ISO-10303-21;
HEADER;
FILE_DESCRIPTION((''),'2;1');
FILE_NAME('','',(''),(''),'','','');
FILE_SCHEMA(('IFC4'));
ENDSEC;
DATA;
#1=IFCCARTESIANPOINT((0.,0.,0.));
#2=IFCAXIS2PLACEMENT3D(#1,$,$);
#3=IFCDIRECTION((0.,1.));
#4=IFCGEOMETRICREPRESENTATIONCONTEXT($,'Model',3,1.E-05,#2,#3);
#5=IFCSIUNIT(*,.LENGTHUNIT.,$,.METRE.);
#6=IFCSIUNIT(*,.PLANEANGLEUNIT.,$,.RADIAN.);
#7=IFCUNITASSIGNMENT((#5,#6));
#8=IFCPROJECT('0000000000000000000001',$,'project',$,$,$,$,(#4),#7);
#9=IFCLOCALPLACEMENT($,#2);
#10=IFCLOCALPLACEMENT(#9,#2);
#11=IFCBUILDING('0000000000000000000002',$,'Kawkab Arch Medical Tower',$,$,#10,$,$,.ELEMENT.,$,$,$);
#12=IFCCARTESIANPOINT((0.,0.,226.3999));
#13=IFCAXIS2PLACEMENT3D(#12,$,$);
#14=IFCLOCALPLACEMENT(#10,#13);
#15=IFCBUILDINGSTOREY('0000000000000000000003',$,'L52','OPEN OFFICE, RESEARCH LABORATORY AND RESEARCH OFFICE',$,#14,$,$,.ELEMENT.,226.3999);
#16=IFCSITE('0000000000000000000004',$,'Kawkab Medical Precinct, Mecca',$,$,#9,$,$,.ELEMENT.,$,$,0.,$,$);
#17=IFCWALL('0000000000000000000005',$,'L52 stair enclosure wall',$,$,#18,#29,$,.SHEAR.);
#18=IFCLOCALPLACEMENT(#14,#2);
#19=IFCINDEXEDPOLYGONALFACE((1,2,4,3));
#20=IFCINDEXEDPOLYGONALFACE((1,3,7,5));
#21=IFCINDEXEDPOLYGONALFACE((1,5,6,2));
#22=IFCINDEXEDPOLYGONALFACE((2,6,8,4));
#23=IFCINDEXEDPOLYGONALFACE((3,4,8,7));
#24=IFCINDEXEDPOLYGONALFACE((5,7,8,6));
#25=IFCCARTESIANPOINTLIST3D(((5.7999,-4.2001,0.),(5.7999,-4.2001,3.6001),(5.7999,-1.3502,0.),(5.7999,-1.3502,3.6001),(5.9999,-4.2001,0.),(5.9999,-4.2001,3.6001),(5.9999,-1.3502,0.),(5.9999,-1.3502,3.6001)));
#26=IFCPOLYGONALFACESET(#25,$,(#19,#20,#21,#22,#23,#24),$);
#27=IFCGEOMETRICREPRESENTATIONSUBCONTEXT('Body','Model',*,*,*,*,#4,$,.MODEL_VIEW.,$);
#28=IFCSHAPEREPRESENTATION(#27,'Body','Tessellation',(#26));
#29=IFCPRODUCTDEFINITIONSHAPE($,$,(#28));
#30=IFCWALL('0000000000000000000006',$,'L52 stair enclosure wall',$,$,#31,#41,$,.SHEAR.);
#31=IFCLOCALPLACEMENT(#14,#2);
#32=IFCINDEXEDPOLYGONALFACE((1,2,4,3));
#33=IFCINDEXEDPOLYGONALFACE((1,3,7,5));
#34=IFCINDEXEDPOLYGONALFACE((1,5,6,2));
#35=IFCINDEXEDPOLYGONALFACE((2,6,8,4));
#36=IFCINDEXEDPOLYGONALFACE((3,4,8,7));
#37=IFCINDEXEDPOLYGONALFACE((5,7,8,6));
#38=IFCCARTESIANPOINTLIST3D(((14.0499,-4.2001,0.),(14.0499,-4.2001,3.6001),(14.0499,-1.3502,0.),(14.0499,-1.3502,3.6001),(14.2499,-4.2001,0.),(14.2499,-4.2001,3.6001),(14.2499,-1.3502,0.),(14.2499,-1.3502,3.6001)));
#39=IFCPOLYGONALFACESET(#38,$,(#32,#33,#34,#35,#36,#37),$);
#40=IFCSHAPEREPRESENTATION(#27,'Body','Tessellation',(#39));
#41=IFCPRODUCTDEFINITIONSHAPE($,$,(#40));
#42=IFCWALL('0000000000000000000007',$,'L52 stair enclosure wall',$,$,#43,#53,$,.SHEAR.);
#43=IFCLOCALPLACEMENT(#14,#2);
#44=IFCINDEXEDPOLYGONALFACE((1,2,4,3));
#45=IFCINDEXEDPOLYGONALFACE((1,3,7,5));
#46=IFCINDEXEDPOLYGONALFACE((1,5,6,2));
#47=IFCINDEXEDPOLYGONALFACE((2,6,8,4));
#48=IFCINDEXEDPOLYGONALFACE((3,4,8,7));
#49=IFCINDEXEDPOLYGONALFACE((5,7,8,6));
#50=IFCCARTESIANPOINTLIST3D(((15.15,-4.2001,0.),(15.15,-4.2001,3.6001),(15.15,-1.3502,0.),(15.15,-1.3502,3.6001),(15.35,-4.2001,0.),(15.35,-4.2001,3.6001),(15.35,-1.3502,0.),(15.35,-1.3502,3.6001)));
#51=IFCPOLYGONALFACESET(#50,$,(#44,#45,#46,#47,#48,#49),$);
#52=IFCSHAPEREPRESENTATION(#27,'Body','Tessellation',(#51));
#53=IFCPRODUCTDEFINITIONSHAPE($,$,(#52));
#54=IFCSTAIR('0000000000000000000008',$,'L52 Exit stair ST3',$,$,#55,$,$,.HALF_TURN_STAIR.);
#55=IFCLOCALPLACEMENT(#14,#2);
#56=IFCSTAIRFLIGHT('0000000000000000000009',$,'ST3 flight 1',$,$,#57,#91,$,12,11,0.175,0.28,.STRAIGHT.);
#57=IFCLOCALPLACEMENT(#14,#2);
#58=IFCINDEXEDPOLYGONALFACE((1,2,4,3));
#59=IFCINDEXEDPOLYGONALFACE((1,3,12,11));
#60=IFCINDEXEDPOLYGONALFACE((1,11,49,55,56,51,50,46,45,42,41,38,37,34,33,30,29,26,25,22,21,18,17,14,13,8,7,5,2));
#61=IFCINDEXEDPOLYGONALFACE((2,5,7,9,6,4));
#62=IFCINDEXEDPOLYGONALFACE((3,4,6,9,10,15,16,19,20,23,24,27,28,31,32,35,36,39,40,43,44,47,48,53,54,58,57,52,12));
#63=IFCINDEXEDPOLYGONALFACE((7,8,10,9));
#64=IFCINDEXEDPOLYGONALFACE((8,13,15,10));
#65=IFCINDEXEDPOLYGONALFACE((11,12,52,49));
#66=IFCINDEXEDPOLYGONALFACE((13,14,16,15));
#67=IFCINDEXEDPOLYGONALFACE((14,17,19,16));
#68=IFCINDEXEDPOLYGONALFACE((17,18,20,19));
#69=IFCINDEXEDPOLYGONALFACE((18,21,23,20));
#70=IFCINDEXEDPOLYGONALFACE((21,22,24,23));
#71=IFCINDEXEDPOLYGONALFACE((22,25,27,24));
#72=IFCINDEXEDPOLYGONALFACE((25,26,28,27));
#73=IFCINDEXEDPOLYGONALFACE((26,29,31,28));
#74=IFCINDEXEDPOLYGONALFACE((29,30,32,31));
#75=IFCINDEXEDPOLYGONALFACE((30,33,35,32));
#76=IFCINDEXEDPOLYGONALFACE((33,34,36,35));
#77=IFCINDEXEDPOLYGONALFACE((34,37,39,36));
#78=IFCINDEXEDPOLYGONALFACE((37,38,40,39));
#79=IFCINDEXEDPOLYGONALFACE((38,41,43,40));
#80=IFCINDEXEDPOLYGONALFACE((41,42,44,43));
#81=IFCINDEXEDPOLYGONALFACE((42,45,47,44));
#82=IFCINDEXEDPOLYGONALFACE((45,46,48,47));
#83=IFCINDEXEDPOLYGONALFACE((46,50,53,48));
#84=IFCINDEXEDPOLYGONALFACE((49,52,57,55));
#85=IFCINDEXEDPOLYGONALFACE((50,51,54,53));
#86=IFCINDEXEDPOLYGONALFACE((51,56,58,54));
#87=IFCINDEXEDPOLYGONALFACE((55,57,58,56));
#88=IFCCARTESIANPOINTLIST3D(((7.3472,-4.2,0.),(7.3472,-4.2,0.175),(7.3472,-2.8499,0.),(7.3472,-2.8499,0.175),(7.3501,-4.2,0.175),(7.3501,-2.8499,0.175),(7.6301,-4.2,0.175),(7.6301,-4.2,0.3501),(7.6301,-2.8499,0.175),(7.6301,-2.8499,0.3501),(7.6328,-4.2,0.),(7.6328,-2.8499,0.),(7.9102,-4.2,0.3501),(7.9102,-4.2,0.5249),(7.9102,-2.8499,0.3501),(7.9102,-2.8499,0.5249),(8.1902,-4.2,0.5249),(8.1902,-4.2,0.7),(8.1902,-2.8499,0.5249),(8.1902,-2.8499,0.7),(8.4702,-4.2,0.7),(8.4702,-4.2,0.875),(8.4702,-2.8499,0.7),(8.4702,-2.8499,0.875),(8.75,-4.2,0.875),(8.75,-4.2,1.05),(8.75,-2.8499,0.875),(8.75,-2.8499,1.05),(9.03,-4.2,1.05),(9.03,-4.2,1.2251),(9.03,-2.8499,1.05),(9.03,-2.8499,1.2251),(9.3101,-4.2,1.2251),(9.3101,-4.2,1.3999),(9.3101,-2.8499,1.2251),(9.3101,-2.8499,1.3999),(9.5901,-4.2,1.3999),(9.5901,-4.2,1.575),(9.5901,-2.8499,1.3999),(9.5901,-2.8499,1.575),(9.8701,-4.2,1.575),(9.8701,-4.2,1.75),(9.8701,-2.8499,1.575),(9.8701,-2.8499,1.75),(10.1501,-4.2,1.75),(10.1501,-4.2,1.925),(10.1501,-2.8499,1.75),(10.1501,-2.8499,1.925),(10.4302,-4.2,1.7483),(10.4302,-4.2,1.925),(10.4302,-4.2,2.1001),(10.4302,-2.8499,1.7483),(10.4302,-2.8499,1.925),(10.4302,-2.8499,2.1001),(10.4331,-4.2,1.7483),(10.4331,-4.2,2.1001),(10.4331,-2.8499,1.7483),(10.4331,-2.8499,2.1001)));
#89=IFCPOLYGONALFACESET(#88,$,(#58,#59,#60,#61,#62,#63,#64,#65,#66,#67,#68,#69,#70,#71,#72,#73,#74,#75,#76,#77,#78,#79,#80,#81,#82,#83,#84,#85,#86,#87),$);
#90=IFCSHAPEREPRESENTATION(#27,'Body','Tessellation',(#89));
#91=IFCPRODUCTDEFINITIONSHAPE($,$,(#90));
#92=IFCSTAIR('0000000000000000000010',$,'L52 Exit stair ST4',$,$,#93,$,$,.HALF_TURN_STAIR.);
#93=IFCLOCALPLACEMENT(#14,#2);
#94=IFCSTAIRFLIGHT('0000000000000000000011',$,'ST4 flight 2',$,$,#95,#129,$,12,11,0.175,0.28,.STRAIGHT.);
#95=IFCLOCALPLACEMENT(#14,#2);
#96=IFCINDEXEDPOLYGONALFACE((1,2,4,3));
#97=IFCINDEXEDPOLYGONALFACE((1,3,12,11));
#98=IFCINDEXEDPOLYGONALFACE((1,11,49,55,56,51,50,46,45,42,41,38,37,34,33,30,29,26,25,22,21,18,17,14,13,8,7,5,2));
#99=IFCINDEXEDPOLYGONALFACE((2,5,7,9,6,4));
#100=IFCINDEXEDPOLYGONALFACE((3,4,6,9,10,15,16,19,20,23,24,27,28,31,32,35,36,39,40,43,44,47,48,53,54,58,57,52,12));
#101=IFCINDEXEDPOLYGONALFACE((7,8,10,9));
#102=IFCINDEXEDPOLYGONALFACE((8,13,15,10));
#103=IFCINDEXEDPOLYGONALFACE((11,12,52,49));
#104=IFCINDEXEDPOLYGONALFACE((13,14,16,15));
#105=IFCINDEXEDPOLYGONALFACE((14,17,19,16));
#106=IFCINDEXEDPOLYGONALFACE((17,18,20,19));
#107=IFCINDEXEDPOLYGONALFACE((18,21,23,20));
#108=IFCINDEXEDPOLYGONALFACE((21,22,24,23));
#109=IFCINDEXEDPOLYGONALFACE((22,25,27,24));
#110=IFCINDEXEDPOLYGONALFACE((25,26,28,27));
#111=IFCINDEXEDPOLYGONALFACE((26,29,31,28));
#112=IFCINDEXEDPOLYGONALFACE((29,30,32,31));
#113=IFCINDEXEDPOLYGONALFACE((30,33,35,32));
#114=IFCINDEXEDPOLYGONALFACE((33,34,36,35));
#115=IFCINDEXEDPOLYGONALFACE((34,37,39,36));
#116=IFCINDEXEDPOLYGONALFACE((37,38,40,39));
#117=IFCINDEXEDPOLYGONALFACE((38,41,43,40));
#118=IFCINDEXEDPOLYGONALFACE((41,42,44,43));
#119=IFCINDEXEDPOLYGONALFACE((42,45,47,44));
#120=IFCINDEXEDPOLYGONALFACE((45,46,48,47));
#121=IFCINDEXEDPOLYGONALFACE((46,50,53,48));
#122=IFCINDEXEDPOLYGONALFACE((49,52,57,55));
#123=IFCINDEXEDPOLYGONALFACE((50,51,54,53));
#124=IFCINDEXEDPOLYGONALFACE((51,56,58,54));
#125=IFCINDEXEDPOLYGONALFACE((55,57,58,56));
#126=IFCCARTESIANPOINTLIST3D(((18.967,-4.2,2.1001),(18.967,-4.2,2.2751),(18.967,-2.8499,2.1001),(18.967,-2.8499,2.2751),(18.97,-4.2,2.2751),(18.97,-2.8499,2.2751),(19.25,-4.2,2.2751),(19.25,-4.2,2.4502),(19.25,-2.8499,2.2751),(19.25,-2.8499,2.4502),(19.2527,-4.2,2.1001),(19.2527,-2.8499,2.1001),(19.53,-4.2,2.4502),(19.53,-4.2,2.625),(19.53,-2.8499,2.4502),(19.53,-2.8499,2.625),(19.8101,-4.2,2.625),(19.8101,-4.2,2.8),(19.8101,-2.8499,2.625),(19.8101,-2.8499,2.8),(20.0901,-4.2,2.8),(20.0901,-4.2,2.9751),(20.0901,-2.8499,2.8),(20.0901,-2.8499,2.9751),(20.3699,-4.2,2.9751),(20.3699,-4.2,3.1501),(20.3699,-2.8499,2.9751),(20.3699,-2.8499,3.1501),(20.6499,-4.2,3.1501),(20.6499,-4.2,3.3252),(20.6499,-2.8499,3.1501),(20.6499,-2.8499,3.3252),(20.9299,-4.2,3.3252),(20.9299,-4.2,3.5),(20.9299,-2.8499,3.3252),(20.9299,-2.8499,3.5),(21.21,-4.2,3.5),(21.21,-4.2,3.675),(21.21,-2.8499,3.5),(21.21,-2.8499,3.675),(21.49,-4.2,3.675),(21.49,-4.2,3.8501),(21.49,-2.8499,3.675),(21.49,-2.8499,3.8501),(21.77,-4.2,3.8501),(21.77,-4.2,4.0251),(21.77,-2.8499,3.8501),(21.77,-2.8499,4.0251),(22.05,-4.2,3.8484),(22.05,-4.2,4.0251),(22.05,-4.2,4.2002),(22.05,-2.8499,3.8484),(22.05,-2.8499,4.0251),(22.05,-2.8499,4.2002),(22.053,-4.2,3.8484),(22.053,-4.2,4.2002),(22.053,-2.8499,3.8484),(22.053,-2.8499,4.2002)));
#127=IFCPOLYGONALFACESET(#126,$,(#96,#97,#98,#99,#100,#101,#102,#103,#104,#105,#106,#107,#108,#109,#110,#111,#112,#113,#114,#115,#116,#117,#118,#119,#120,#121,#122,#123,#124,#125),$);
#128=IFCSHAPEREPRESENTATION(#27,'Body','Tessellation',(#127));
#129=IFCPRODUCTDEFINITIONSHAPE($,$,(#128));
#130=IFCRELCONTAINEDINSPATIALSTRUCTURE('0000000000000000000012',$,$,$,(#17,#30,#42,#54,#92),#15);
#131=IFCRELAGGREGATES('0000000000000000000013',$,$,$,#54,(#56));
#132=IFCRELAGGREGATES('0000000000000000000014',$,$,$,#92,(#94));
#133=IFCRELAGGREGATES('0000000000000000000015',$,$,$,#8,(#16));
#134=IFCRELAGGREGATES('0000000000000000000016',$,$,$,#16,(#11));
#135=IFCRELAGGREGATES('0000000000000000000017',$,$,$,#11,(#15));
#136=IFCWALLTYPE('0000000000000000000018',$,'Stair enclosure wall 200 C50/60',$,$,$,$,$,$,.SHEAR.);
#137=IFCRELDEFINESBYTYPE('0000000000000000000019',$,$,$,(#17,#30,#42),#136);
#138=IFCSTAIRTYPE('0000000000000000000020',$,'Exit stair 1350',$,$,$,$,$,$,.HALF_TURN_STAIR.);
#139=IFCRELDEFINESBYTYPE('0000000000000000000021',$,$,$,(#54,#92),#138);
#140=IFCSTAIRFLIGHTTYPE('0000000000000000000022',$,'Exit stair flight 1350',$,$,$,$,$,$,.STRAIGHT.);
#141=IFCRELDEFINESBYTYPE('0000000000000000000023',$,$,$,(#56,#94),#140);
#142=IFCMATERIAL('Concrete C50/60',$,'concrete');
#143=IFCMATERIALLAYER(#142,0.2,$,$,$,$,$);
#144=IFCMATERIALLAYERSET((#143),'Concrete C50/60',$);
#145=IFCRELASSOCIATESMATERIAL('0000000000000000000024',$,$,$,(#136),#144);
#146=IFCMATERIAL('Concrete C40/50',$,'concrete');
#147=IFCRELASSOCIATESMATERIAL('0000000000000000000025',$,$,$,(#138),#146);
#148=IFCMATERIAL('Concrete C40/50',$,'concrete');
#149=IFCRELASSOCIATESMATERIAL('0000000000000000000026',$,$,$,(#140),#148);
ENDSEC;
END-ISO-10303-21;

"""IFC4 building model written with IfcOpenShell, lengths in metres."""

from ifc_helpers import new_model, si_unit, direction, frame, frame_2d, origin, place, context, subcontext, project, spatial, polyline, rectangle, outline, extrude, material, layer, layer_set, type_object, element, aggregate, save


model = new_model("IFC4")

# Units and contexts
model_context = context("Model", 3, precision=1e-05, world=origin(), true_north=direction((0.0, 1.0)))
body_context = subcontext(model_context, "Body", "Model", "MODEL_VIEW")
ifc_project = project(units=[si_unit("LENGTHUNIT", "METRE"), si_unit("PLANEANGLEUNIT", "RADIAN")], contexts=[model_context])

# Site, building, storey
site_placement = place(None, origin())
site = spatial("IfcSite", under=ifc_project, at=site_placement, Name="Kawkab Medical Precinct, Mecca", CompositionType="ELEMENT", RefElevation=0.0)
building_placement = place(site_placement, origin())
building = spatial("IfcBuilding", under=site, at=building_placement, Name="Kawkab Arch Medical Tower", CompositionType="ELEMENT")
storey_placement = place(building_placement, frame((0.0, 0.0, 226.3999)))
storey = spatial("IfcBuildingStorey", under=building, at=storey_placement, Name="L52", Description="OPEN OFFICE, RESEARCH LABORATORY AND RESEARCH OFFICE", CompositionType="ELEMENT", Elevation=226.3999)

# Walls
ifc_material_1 = material(Name="Concrete C50/60", Category="concrete")
ifc_layer_1 = layer(ifc_material_1, 0.2)
ifc_layer_set_1 = layer_set([ifc_layer_1], Name="Concrete C50/60")
wall_type_1 = type_object("IfcWallType", Name="Stair enclosure wall 200 C50/60", PredefinedType="SHEAR", material=ifc_layer_set_1)
for number, where, z_axis, x_axis, name in (
    (1, (5.8999, -4.2, 0.0), (0.0, 0.0, 1.0), (0.0, 1.0, 0.0), "L52 stair enclosure wall"),
    (2, (14.1499, -4.2, 0.0), (0.0, 0.0, 1.0), (0.0, 1.0, 0.0), "L52 stair enclosure wall"),
    (3, (15.25, -4.2, 0.0), (0.0, 0.0, 1.0), (0.0, 1.0, 0.0), "L52 stair enclosure wall"),
):
    element("IfcWall", number, at=place(storey_placement, frame(where, z_axis=z_axis, x_axis=x_axis)), inside=storey, type_object=wall_type_1, Name=name, PredefinedType="SHEAR", context=body_context, shape_type="SweptSolid", body=[
        extrude(rectangle(XDim=2.8499, YDim=0.2, at=frame_2d((1.4248, 0.0))), origin(), (0.0, 0.0, 1.0), 3.6001),
    ])

# Stairs, stair flights
ifc_material_2 = material(Name="Concrete C40/50", Category="concrete")
stair_type = type_object("IfcStairType", Name="Exit stair 1350", PredefinedType="HALF_TURN_STAIR", material=ifc_material_2)
placement = place(storey_placement, origin())
stair_1 = element("IfcStair", 4, at=placement, inside=storey, type_object=stair_type, Name="L52 Exit stair ST3", PredefinedType="HALF_TURN_STAIR")
ifc_material_3 = material(Name="Concrete C40/50", Category="concrete")
stair_flight_type = type_object("IfcStairFlightType", Name="Exit stair flight 1350", PredefinedType="STRAIGHT", material=ifc_material_3)
stair_flight_1_placement = place(storey_placement, frame((7.3501, -3.5249, 0.0), z_axis=(0.0, 0.0, 1.0), x_axis=(1.0, 0.0, 0.0)))
stair_flight_1 = element("IfcStairFlight", 5, at=stair_flight_1_placement, type_object=stair_flight_type, Name="ST3 flight 1", NumberOfRisers=12, NumberOfTreads=11, PredefinedType="STRAIGHT", RiserHeight=0.175, TreadLength=0.28, context=body_context, shape_type="SweptSolid", body=[
    extrude(outline(polyline([(-0.0029, 0.0), (-0.0029, 0.175), (0.0, 0.175), (0.28, 0.175), (0.28, 0.3501), (0.5601, 0.3501), (0.5601, 0.5249), (0.8401, 0.5249), (0.8401, 0.7), (1.1201, 0.7), (1.1201, 0.875), (1.3999, 0.875), (1.3999, 1.05), (1.6799, 1.05), (1.6799, 1.2251), (1.96, 1.2251), (1.96, 1.3999), (2.24, 1.3999), (2.24, 1.575), (2.52, 1.575), (2.52, 1.75), (2.8, 1.75), (2.8, 1.925), (3.0801, 1.925), (3.0801, 2.1001), (3.083, 2.1001), (3.083, 1.7483), (3.0801, 1.7483), (0.2827, 0.0), (-0.0029, 0.0)])), frame((0.0, 0.675, 0.0), z_axis=(0.0, -1.0, 0.0), x_axis=(1.0, 0.0, 0.0)), (0.0, 0.0, 1.0), 1.3501),
])
aggregate(stair_1, [stair_flight_1])
stair_2 = element("IfcStair", 6, at=placement, inside=storey, type_object=stair_type, Name="L52 Exit stair ST4", PredefinedType="HALF_TURN_STAIR")
stair_flight_2_placement = place(storey_placement, frame((18.97, -3.5249, 2.1001), z_axis=(0.0, 0.0, 1.0), x_axis=(1.0, 0.0, 0.0)))
stair_flight_2 = element("IfcStairFlight", 7, at=stair_flight_2_placement, type_object=stair_flight_type, Name="ST4 flight 2", NumberOfRisers=12, NumberOfTreads=11, PredefinedType="STRAIGHT", RiserHeight=0.175, TreadLength=0.28, context=body_context, shape_type="SweptSolid", body=[
    extrude(outline(polyline([(-0.0029, 0.0), (-0.0029, 0.175), (0.0, 0.175), (0.28, 0.175), (0.28, 0.3501), (0.5601, 0.3501), (0.5601, 0.5249), (0.8401, 0.5249), (0.8401, 0.7), (1.1201, 0.7), (1.1201, 0.875), (1.3999, 0.875), (1.3999, 1.05), (1.6799, 1.05), (1.6799, 1.2251), (1.96, 1.2251), (1.96, 1.3999), (2.24, 1.3999), (2.24, 1.575), (2.52, 1.575), (2.52, 1.75), (2.8, 1.75), (2.8, 1.925), (3.0801, 1.925), (3.0801, 2.1001), (3.083, 2.1001), (3.083, 1.7483), (3.0801, 1.7483), (0.2827, 0.0), (-0.0029, 0.0)])), frame((0.0, 0.675, 0.0), z_axis=(0.0, -1.0, 0.0), x_axis=(1.0, 0.0, 0.0)), (0.0, 0.0, 1.0), 1.3501),
])
aggregate(stair_2, [stair_flight_2])

save(model, "model.ifc")
